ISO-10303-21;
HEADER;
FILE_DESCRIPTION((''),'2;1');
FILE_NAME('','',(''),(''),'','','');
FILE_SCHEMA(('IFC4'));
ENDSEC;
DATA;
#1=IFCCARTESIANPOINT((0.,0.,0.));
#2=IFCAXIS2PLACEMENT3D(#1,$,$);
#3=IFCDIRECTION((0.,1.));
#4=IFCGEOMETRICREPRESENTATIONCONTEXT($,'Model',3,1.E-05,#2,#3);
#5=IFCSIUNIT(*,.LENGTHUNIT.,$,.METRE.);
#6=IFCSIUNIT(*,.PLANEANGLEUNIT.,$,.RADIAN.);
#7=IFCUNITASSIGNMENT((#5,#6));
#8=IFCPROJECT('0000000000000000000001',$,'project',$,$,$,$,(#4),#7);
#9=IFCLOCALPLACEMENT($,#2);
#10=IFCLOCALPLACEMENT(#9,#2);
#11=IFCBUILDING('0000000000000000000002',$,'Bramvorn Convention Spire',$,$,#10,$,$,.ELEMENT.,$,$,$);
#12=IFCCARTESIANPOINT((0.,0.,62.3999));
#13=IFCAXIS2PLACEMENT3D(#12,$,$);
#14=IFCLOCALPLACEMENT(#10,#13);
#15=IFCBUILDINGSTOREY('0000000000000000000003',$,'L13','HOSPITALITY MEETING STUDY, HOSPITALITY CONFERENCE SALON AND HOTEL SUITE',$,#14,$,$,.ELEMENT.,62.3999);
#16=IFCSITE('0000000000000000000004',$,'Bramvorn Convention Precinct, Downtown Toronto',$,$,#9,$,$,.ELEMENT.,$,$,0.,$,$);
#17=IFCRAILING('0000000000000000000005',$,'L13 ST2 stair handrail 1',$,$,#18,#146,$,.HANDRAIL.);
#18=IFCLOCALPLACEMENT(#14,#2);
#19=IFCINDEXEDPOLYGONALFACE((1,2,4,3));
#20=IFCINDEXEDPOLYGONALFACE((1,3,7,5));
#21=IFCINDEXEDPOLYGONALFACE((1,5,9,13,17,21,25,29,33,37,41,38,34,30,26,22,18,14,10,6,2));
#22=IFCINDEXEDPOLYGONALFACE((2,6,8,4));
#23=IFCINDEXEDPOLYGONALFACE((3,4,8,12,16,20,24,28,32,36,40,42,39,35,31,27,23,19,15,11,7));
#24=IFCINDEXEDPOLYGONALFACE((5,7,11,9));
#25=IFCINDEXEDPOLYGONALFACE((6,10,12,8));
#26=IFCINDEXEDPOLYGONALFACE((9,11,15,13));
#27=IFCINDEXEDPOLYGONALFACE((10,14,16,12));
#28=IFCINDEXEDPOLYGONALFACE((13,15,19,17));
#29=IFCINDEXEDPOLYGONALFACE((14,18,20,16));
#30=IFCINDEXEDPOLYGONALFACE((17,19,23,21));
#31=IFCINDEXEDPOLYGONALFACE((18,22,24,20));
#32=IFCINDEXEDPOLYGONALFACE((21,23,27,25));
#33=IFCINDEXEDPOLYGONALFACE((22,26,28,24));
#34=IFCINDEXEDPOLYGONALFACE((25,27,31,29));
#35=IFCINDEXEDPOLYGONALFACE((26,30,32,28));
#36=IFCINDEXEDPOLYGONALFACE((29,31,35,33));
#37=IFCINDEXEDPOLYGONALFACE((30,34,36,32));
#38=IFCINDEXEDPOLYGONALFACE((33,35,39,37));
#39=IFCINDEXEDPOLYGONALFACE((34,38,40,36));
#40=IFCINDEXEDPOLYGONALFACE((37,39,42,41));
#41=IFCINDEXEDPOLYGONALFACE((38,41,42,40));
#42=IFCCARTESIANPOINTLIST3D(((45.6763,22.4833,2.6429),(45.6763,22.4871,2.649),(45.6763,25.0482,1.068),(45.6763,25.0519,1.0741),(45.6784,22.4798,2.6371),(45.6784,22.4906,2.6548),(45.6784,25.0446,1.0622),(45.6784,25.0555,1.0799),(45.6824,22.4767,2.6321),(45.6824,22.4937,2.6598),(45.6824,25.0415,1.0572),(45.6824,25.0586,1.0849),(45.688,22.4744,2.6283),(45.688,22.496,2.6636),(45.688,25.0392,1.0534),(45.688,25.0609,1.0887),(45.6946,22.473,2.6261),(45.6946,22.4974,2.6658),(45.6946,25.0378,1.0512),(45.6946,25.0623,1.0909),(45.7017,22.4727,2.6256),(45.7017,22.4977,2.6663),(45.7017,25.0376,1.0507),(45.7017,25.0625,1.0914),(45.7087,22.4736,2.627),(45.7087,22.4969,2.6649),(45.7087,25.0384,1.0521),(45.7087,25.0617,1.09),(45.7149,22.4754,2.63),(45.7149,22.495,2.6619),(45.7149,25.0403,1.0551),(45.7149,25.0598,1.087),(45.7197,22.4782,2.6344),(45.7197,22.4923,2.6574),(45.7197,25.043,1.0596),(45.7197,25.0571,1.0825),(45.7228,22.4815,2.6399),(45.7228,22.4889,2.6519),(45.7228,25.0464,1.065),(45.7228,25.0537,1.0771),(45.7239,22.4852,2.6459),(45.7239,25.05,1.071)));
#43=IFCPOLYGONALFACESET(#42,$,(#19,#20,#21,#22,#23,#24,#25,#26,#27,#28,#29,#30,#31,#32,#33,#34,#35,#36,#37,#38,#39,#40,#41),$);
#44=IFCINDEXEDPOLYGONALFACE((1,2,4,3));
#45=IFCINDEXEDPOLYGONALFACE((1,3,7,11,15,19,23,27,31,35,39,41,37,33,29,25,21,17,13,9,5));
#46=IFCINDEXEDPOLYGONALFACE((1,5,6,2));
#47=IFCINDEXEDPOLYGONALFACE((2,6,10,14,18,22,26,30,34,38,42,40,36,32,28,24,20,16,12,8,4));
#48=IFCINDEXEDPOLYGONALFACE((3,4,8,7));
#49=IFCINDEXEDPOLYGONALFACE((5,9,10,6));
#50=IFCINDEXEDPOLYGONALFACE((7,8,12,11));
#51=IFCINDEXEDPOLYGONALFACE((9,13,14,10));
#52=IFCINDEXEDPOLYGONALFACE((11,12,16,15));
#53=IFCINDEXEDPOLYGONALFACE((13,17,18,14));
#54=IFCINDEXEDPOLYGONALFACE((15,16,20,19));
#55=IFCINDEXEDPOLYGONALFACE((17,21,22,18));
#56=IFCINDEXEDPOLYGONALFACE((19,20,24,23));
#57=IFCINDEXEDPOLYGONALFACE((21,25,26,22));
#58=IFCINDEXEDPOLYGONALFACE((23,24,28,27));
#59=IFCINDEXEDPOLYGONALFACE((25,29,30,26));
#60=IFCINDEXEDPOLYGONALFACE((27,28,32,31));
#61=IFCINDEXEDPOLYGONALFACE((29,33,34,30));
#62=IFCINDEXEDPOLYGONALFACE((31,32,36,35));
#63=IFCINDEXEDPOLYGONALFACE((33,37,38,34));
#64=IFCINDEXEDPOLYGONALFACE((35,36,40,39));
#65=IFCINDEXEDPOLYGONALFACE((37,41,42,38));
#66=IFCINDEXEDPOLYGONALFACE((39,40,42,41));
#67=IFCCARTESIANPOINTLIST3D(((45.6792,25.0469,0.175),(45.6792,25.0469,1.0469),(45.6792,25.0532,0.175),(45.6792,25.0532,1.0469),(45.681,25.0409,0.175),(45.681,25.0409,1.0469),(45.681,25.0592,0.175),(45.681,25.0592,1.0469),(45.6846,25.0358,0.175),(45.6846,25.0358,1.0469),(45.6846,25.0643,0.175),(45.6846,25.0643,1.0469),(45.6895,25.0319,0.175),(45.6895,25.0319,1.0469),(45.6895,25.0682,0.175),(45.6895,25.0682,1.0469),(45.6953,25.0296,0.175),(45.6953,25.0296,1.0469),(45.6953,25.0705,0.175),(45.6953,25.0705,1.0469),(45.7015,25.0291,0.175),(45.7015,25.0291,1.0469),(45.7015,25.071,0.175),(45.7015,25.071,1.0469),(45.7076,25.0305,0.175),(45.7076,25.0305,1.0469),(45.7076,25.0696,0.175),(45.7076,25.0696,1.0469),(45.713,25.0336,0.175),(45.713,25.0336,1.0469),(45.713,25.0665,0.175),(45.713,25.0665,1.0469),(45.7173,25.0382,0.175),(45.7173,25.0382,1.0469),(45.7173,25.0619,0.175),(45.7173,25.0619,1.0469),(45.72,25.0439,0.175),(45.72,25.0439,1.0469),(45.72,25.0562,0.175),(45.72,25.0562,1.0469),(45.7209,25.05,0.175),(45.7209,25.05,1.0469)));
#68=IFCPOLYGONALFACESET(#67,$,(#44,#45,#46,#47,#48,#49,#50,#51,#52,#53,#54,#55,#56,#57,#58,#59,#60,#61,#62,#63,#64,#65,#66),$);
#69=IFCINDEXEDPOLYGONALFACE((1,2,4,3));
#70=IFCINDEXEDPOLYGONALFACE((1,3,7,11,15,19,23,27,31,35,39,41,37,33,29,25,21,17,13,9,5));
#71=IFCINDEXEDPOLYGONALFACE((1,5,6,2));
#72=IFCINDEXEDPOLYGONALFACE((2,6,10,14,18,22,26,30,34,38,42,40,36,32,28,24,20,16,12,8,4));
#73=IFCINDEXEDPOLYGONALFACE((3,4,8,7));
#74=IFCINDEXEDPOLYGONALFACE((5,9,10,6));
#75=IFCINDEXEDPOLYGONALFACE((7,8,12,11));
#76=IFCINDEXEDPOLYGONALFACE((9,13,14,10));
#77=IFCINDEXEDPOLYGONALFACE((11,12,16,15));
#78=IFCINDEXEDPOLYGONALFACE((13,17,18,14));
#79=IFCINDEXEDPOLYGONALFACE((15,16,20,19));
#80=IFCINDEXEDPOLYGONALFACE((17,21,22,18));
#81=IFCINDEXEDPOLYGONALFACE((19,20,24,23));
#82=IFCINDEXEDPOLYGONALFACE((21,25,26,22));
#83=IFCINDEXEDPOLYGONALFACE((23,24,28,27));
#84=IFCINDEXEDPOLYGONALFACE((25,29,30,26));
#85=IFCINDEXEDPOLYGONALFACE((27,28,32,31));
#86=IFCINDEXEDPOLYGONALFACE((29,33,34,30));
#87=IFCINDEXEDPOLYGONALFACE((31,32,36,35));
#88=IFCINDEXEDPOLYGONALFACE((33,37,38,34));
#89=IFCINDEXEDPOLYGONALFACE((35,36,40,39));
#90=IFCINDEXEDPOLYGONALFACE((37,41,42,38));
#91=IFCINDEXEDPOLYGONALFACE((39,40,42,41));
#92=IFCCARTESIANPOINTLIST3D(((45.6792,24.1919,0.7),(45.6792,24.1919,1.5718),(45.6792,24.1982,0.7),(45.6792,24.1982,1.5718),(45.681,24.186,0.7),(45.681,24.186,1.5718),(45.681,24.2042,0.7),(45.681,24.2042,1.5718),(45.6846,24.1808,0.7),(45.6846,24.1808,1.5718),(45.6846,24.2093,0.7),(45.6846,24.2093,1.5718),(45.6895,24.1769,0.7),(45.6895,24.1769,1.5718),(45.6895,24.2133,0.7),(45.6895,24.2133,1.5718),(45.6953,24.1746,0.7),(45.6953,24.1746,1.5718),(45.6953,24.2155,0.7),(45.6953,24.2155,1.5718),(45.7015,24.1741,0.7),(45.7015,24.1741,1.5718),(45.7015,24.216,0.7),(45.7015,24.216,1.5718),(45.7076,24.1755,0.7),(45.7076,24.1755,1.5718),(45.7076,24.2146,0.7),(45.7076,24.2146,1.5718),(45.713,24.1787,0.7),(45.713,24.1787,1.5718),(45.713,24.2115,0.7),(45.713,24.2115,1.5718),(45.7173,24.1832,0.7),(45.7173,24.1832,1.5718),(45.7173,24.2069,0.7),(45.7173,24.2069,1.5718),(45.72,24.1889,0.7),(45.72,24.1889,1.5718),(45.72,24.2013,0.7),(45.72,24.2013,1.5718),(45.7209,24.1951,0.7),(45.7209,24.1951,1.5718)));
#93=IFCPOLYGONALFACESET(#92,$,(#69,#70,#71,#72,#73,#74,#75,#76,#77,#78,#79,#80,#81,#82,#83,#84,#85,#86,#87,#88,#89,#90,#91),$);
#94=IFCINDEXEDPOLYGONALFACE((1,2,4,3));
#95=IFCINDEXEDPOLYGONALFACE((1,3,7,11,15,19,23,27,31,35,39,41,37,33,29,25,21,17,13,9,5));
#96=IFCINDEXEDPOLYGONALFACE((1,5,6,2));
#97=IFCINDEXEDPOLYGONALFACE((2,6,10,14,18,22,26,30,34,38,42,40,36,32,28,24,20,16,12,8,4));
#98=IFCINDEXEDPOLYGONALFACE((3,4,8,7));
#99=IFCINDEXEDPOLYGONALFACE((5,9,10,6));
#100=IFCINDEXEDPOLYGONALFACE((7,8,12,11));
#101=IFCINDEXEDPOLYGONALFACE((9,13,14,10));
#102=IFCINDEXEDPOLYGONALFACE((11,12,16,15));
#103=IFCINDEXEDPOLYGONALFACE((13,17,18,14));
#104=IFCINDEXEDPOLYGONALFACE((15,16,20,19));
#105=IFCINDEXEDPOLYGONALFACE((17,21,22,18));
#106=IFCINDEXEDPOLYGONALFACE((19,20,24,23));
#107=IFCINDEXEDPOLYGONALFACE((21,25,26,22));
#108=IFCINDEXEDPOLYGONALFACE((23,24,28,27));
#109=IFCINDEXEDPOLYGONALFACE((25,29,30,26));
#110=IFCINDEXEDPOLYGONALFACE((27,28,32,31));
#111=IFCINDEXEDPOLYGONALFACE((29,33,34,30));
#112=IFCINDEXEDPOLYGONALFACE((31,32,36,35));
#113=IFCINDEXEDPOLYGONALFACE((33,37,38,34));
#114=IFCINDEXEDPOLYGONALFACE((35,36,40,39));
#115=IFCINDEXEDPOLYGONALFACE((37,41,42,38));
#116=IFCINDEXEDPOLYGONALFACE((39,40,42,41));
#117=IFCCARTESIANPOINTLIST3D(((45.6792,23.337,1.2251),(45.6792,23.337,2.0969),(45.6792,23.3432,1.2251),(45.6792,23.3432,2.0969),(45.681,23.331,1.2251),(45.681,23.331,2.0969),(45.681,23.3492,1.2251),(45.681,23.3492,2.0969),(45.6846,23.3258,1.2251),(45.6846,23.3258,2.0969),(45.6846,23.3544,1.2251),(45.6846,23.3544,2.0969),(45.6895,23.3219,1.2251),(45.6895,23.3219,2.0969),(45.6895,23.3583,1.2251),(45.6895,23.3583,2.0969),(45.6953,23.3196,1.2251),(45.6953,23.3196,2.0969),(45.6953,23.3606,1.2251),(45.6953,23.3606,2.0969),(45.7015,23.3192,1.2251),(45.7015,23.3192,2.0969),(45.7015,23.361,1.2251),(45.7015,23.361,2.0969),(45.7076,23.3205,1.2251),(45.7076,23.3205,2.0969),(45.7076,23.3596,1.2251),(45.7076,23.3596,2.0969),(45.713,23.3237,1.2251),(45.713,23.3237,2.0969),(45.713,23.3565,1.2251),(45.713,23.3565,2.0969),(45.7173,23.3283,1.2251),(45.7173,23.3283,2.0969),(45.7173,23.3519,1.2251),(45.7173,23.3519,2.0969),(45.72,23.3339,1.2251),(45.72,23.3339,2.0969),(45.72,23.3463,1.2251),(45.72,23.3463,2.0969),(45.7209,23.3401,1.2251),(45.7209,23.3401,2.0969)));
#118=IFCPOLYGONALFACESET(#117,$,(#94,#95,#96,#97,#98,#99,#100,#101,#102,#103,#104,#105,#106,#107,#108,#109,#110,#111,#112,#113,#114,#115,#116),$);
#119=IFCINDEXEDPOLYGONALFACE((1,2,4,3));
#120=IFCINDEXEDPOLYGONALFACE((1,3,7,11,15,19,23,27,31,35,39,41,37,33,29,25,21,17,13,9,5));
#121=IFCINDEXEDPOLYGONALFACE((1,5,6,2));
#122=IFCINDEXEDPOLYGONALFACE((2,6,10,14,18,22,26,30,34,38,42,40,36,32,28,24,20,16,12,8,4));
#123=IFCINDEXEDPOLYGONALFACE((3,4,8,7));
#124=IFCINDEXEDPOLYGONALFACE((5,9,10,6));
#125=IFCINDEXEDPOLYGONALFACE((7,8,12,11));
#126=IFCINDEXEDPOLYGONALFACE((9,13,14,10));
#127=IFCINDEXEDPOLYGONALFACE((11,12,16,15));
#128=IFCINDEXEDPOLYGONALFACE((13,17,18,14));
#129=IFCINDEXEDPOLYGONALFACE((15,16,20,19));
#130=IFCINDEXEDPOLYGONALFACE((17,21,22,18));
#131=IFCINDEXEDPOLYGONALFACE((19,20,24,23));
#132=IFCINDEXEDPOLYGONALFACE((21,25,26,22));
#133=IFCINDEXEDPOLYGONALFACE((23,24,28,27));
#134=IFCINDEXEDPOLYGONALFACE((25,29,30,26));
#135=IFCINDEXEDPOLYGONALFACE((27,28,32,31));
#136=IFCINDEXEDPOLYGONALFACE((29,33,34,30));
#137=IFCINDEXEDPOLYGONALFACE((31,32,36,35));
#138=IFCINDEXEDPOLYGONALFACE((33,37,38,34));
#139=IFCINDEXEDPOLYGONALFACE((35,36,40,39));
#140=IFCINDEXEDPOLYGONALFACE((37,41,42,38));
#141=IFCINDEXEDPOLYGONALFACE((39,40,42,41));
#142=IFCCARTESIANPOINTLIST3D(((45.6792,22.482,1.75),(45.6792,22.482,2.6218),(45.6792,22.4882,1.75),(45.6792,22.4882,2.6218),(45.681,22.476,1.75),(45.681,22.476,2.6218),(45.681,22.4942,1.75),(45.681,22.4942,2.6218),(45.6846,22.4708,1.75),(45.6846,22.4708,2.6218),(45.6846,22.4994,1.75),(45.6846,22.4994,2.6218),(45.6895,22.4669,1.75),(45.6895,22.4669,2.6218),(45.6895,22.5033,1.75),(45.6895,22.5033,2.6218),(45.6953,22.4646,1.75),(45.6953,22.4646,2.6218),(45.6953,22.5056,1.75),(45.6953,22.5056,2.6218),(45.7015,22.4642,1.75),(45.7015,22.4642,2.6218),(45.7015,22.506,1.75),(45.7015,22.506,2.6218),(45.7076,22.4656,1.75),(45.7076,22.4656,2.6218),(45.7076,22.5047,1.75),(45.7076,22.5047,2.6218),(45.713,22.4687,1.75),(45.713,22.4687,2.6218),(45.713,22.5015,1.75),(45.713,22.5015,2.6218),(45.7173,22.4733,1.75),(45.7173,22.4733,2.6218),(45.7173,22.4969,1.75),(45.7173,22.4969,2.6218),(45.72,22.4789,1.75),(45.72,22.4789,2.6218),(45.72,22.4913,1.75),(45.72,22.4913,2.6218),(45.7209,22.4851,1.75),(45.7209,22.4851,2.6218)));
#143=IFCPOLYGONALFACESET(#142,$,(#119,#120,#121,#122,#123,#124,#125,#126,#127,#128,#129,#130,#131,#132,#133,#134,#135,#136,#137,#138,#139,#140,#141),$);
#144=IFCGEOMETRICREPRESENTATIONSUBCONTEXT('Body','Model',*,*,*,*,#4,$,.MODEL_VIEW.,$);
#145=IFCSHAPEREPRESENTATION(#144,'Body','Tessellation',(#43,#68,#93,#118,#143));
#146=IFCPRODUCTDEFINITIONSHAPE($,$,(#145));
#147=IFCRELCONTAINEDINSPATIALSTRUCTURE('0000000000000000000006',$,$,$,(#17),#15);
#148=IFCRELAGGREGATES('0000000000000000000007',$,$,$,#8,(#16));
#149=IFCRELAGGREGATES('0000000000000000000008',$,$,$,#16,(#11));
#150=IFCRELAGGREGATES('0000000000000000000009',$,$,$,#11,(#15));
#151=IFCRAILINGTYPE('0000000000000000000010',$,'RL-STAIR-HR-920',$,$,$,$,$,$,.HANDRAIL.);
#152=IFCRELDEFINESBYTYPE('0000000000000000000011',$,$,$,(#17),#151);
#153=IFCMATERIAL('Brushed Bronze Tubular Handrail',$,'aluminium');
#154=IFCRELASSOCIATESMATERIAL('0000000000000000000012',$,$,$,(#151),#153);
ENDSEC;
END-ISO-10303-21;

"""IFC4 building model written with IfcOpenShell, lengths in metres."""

from ifc_helpers import new_model, si_unit, direction, frame, origin, origin_2d, place, context, subcontext, project, spatial, circle, extrude, material, type_object, element, save


model = new_model("IFC4")

# Units and contexts
model_context = context("Model", 3, precision=1e-05, world=origin(), true_north=direction((0.0, 1.0)))
body_context = subcontext(model_context, "Body", "Model", "MODEL_VIEW")
ifc_project = project(units=[si_unit("LENGTHUNIT", "METRE"), si_unit("PLANEANGLEUNIT", "RADIAN")], contexts=[model_context])

# Site, building, storey
site_placement = place(None, origin())
site = spatial("IfcSite", under=ifc_project, at=site_placement, Name="Bramvorn Convention Precinct, Downtown Toronto", CompositionType="ELEMENT", RefElevation=0.0)
building_placement = place(site_placement, origin())
building = spatial("IfcBuilding", under=site, at=building_placement, Name="Bramvorn Convention Spire", CompositionType="ELEMENT")
storey_placement = place(building_placement, frame((0.0, 0.0, 62.3999)))
storey = spatial("IfcBuildingStorey", under=building, at=storey_placement, Name="L13", Description="HOSPITALITY MEETING STUDY, HOSPITALITY CONFERENCE SALON AND HOTEL SUITE", CompositionType="ELEMENT", Elevation=62.3999)

# Railing
ifc_material_1 = material(Name="Brushed Bronze Tubular Handrail", Category="aluminium")
railing_type_1 = type_object("IfcRailingType", Name="RL-STAIR-HR-920", PredefinedType="HANDRAIL", material=ifc_material_1)
railing_1_placement = place(storey_placement, frame((45.7, 25.05, 0.175)))
element("IfcRailing", 1, at=railing_1_placement, inside=storey, type_object=railing_type_1, Name="L13 ST2 stair handrail 1", PredefinedType="HANDRAIL", context=body_context, shape_type="SweptSolid", body=[
    extrude(circle(Radius=0.0239, at=origin_2d()), frame((0.0, 0.0, 0.896), z_axis=(0.0, -0.852173, 0.52326), x_axis=(1.0, 0.0, 0.0)), (0.0, 0.0, 1.0), 3.0098),
    extrude(circle(Radius=0.021, at=origin_2d()), origin(), (0.0, 0.0, 1.0), 0.8718),
    extrude(circle(Radius=0.021, at=origin_2d()), frame((0.0, -0.855, 0.5249)), (0.0, 0.0, 1.0), 0.8718),
    extrude(circle(Radius=0.021, at=origin_2d()), frame((0.0, -1.71, 1.05)), (0.0, 0.0, 1.0), 0.8718),
    extrude(circle(Radius=0.021, at=origin_2d()), frame((0.0, -2.5649, 1.575)), (0.0, 0.0, 1.0), 0.8718),
])

save(model, "model.ifc")
